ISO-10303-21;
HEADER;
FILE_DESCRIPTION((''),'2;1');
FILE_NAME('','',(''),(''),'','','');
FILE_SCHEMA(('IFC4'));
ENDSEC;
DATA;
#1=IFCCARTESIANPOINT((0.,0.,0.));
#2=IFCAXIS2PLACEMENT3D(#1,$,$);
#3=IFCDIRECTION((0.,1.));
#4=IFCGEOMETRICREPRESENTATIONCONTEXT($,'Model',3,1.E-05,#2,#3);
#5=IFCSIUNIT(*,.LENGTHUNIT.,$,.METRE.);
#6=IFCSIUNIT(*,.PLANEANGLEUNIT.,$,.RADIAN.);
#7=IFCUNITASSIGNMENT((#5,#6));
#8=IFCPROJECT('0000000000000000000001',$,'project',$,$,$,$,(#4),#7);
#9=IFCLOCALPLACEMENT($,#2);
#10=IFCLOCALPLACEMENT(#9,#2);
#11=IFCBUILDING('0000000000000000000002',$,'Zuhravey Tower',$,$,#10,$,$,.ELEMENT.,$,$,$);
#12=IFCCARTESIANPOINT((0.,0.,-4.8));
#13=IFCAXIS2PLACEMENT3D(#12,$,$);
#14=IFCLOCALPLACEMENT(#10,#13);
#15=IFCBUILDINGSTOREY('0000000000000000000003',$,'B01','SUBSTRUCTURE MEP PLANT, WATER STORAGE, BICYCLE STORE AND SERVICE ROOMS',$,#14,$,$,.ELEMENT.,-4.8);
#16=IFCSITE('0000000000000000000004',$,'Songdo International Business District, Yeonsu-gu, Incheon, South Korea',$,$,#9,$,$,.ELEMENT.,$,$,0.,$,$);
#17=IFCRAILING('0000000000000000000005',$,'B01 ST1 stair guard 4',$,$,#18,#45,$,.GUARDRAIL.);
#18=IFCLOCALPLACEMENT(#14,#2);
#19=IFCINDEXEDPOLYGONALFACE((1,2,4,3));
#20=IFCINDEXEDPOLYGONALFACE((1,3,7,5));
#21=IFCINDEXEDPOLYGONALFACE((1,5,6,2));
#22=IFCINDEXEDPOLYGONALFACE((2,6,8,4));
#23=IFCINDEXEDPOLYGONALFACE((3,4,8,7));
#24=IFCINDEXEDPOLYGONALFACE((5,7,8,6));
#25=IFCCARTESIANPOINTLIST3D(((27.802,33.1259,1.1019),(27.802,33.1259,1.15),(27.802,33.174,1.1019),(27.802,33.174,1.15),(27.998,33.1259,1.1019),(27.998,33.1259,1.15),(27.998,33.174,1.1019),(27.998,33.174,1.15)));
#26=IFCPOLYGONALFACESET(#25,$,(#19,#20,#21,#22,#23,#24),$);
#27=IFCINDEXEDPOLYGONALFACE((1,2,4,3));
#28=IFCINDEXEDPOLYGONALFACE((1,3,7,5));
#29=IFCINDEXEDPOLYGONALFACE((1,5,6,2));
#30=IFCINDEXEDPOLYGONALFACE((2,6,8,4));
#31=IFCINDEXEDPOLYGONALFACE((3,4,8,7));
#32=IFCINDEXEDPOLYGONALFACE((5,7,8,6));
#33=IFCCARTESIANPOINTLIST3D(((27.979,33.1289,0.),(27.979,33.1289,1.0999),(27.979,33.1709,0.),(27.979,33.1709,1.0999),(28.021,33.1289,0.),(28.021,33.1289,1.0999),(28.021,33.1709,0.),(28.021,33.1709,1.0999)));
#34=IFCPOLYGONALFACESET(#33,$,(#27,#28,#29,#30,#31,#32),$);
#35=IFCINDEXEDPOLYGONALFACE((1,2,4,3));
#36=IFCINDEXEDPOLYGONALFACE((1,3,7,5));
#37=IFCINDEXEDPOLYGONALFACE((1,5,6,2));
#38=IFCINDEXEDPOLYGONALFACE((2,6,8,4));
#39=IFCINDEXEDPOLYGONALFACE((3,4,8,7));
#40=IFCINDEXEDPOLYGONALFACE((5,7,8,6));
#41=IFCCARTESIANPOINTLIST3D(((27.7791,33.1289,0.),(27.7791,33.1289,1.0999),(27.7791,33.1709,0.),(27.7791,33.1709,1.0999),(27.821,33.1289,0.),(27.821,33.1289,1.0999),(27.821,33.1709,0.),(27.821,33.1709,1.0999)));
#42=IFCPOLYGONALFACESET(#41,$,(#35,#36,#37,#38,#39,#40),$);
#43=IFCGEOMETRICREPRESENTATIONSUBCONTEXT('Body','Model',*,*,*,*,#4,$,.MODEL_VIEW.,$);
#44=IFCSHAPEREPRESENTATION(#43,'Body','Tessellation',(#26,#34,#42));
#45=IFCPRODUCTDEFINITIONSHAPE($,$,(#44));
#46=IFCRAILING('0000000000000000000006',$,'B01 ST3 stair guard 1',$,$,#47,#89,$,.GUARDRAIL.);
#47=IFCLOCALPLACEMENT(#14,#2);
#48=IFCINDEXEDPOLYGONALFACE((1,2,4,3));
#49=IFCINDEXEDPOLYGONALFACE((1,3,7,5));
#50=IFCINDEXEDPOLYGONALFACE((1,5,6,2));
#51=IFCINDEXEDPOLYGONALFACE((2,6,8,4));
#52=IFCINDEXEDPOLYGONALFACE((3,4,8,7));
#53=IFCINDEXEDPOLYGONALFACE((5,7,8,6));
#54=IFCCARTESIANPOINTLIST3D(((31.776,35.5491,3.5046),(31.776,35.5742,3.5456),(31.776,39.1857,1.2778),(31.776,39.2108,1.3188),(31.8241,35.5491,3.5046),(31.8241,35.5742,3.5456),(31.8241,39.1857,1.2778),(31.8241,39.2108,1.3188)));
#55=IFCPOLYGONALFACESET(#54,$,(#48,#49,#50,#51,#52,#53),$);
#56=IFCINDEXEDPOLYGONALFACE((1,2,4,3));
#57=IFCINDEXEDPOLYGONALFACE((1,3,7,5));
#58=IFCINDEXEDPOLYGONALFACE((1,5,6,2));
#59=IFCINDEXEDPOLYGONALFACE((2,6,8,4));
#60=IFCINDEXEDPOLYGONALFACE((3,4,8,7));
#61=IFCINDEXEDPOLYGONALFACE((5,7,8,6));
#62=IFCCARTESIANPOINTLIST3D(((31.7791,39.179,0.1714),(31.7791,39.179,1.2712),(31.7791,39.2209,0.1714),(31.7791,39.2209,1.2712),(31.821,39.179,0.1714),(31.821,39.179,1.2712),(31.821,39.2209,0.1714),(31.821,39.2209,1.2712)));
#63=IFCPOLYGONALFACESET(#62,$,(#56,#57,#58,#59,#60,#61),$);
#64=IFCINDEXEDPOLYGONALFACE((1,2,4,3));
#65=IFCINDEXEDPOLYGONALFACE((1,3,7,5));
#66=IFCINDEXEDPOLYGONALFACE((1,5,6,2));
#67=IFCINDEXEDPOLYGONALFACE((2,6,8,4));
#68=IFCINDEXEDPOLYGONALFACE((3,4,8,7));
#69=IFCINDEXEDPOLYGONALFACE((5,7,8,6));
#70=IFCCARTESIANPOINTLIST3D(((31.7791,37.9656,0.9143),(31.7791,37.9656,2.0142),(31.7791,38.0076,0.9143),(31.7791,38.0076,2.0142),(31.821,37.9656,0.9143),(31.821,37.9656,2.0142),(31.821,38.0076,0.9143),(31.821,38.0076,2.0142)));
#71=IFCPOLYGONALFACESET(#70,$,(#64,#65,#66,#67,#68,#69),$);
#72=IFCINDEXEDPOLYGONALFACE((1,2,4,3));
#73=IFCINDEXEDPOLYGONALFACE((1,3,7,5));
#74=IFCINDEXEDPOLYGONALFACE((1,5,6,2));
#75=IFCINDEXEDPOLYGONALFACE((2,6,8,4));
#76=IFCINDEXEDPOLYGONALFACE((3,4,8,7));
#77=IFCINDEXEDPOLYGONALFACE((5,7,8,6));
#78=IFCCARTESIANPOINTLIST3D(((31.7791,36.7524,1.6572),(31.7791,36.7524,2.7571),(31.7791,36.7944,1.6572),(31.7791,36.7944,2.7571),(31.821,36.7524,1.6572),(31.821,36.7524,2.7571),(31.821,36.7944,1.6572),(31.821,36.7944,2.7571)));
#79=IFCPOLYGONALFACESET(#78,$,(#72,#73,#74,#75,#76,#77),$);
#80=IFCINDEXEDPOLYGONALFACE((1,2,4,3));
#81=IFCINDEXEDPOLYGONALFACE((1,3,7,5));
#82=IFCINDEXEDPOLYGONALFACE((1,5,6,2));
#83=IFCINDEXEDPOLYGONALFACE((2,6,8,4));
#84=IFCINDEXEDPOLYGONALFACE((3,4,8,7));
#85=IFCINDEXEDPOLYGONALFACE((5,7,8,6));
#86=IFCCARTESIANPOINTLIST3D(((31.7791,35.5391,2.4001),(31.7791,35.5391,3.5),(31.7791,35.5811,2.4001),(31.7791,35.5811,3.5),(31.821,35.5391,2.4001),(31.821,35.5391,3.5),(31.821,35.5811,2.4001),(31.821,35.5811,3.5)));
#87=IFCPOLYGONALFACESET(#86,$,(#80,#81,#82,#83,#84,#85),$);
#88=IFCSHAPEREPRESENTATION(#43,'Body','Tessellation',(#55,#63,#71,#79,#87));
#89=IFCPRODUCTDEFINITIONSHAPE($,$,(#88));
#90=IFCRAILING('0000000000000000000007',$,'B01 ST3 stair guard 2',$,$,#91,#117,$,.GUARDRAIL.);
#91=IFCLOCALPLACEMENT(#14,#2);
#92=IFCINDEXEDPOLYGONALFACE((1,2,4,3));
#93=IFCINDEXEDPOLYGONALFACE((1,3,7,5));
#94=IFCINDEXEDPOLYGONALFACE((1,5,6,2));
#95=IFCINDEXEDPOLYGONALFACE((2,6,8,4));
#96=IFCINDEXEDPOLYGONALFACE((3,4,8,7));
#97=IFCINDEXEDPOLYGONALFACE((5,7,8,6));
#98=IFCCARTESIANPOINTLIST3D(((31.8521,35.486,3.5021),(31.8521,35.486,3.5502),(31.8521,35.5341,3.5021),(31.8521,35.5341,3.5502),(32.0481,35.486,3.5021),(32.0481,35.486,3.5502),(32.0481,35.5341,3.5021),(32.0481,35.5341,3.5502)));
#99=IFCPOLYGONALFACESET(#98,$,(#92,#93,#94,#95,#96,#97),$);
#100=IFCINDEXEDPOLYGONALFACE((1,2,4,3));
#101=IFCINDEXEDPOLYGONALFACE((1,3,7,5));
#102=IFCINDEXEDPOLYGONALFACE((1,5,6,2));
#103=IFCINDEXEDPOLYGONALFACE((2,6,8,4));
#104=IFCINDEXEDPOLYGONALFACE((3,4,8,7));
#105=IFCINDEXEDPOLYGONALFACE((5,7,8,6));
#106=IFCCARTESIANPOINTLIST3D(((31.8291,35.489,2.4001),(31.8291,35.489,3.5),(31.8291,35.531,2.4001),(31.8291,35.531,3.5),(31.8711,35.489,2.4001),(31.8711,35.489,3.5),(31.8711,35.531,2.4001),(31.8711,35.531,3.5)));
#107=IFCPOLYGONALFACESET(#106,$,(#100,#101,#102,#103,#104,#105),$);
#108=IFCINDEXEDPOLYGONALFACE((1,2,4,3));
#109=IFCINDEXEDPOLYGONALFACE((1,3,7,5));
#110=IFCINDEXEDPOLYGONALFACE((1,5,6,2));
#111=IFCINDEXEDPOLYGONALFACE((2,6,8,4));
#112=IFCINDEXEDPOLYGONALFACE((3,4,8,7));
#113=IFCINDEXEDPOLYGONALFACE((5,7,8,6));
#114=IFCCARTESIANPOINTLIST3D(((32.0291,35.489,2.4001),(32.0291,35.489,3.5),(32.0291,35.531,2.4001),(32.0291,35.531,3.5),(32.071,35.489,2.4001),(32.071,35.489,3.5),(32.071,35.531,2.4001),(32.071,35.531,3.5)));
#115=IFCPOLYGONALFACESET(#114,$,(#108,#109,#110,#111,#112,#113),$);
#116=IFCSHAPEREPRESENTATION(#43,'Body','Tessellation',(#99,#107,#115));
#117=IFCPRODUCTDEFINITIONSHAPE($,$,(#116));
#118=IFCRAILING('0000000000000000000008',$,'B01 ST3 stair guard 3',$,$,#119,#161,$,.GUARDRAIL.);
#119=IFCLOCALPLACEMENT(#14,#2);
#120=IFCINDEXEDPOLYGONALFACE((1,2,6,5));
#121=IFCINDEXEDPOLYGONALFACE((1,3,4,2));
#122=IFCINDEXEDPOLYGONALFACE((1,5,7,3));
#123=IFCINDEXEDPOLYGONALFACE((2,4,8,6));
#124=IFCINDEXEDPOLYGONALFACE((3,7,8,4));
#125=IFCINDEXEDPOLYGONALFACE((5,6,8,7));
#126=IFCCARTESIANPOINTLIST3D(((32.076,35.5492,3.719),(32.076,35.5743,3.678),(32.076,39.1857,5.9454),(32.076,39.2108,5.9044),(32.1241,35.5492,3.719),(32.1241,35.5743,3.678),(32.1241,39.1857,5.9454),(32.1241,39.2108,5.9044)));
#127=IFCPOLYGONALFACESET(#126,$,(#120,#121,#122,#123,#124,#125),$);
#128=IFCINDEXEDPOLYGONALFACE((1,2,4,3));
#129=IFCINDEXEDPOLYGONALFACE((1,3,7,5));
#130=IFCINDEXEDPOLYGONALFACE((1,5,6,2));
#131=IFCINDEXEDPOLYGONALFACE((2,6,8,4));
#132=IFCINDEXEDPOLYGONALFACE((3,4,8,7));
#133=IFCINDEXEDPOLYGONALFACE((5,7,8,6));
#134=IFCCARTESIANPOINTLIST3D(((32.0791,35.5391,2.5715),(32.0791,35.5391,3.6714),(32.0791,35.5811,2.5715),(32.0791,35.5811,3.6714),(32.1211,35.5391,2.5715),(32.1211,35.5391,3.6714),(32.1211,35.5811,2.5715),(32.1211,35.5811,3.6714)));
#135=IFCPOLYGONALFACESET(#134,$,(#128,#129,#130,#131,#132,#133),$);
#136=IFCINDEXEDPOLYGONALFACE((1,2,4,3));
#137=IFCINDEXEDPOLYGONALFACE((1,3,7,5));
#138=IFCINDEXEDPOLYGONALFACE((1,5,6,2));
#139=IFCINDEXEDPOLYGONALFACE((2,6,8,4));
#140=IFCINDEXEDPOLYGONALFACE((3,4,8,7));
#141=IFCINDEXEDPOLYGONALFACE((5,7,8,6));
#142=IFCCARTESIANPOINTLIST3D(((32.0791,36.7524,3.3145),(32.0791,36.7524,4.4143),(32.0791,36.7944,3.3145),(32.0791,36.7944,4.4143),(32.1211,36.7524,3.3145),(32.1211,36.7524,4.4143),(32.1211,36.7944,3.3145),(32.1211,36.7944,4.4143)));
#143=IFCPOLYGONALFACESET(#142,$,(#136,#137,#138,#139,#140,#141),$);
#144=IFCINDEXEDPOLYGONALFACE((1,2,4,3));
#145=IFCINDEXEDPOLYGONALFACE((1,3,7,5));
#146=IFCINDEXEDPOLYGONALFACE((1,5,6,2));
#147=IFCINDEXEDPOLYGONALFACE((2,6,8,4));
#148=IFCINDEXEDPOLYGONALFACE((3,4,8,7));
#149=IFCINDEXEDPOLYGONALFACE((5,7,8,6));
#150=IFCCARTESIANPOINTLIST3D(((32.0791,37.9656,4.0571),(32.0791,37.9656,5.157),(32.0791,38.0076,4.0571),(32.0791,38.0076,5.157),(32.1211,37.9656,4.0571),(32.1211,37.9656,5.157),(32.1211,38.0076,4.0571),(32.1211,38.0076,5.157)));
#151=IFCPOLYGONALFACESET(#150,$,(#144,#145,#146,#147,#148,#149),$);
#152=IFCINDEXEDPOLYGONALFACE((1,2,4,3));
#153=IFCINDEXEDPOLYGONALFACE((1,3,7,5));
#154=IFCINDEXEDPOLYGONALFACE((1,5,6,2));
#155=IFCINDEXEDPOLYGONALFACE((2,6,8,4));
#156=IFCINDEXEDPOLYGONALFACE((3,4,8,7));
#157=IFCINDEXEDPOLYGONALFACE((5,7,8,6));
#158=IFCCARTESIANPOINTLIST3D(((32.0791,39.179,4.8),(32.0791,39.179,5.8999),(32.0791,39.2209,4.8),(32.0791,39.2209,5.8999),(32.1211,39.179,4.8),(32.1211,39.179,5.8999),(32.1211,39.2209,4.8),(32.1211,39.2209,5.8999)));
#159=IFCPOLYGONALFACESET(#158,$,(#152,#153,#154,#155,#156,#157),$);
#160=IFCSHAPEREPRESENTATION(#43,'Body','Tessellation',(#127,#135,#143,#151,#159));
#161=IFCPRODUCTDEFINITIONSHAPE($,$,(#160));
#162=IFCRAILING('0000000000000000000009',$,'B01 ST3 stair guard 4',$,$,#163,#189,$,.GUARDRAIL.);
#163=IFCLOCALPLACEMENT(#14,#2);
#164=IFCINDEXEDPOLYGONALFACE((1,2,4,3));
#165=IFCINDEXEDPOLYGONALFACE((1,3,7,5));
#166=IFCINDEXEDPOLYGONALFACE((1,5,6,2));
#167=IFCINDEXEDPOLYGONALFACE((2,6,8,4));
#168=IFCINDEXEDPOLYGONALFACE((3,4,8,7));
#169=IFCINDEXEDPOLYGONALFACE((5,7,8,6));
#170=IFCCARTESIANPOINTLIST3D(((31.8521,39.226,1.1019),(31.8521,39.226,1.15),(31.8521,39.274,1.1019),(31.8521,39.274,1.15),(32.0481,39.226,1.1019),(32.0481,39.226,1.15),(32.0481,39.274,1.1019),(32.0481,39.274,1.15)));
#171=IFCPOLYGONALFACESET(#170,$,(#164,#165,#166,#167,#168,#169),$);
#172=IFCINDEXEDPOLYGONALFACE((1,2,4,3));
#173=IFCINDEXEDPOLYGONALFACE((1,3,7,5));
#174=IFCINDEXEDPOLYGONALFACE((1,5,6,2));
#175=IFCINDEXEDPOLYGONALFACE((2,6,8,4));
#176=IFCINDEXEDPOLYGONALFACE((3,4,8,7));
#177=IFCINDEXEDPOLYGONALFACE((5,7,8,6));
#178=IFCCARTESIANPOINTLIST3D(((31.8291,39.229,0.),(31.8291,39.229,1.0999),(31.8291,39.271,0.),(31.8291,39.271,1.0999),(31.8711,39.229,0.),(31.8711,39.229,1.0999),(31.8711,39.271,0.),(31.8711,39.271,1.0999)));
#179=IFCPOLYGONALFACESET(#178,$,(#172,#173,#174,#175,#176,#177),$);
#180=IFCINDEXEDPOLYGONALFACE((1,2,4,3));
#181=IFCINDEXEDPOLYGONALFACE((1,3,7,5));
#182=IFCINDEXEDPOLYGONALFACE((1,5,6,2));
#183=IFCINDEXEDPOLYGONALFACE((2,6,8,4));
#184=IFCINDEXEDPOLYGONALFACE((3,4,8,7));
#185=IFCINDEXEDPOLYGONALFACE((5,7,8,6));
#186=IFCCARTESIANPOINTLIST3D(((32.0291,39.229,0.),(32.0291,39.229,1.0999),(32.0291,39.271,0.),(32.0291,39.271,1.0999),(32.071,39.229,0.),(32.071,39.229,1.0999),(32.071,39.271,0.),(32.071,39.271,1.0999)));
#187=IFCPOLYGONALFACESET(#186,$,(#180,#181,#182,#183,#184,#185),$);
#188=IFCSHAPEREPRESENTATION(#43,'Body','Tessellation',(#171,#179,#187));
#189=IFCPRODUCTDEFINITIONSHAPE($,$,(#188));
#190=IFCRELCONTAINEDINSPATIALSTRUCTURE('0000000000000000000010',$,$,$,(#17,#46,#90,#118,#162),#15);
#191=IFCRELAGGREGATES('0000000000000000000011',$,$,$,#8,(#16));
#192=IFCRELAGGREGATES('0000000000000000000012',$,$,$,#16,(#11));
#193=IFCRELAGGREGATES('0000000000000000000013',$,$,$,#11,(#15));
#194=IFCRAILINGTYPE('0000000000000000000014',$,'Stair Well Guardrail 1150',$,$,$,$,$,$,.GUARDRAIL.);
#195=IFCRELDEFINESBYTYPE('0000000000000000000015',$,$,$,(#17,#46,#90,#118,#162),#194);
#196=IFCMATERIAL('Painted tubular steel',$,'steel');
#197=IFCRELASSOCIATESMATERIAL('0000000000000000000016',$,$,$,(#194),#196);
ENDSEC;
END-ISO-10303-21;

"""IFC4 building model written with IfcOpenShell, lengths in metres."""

from ifc_helpers import new_model, si_unit, direction, frame, origin, origin_2d, place, context, subcontext, project, spatial, rectangle, extrude, material, type_object, element, save


model = new_model("IFC4")

# Units and contexts
model_context = context("Model", 3, precision=1e-05, world=origin(), true_north=direction((0.0, 1.0)))
body_context = subcontext(model_context, "Body", "Model", "MODEL_VIEW")
ifc_project = project(units=[si_unit("LENGTHUNIT", "METRE"), si_unit("PLANEANGLEUNIT", "RADIAN")], contexts=[model_context])

# Site, building, storey
site_placement = place(None, origin())
site = spatial("IfcSite", under=ifc_project, at=site_placement, Name="Songdo International Business District, Yeonsu-gu, Incheon, South Korea", CompositionType="ELEMENT", RefElevation=0.0)
building_placement = place(site_placement, origin())
building = spatial("IfcBuilding", under=site, at=building_placement, Name="Zuhravey Tower", CompositionType="ELEMENT")
storey_placement = place(building_placement, frame((0.0, 0.0, -4.8)))
storey = spatial("IfcBuildingStorey", under=building, at=storey_placement, Name="B01", Description="SUBSTRUCTURE MEP PLANT, WATER STORAGE, BICYCLE STORE AND SERVICE ROOMS", CompositionType="ELEMENT", Elevation=-4.8)

# Railings
ifc_material_1 = material(Name="Painted tubular steel", Category="steel")
railing_type_1 = type_object("IfcRailingType", Name="Stair Well Guardrail 1150", PredefinedType="GUARDRAIL", material=ifc_material_1)
railing_1_placement = place(storey_placement, frame((28.0, 33.1499, 0.0)))
element("IfcRailing", 1, at=railing_1_placement, inside=storey, type_object=railing_type_1, Name="B01 ST1 stair guard 4", PredefinedType="GUARDRAIL", context=body_context, shape_type="SweptSolid", body=[
    extrude(rectangle(XDim=0.0481, YDim=0.0481, at=origin_2d()), frame((-0.002, 0.0, 1.126), z_axis=(-1.0, 0.0, 0.0), x_axis=(0.0, -1.0, 0.0)), (0.0, 0.0, 1.0), 0.196),
    extrude(rectangle(XDim=0.042, YDim=0.042, at=origin_2d()), origin(), (0.0, 0.0, 1.0), 1.0999),
    extrude(rectangle(XDim=0.042, YDim=0.042, at=origin_2d()), frame((-0.2, 0.0, 0.0)), (0.0, 0.0, 1.0), 1.0999),
])
railing_2_placement = place(storey_placement, frame((31.8, 39.2, 0.1714)))
element("IfcRailing", 2, at=railing_2_placement, inside=storey, type_object=railing_type_1, Name="B01 ST3 stair guard 1", PredefinedType="GUARDRAIL", context=body_context, shape_type="SweptSolid", body=[
    extrude(rectangle(XDim=0.0481, YDim=0.0481, at=origin_2d()), frame((0.0, -0.0017, 1.127), z_axis=(0.0, -0.852825, 0.522197), x_axis=(1.0, 0.0, 0.0)), (0.0, 0.0, 1.0), 4.2642),
    extrude(rectangle(XDim=0.042, YDim=0.042, at=origin_2d()), origin(), (0.0, 0.0, 1.0), 1.0999),
    extrude(rectangle(XDim=0.042, YDim=0.042, at=origin_2d()), frame((0.0, -1.2134, 0.7429)), (0.0, 0.0, 1.0), 1.0999),
    extrude(rectangle(XDim=0.042, YDim=0.042, at=origin_2d()), frame((0.0, -2.4265, 1.4858)), (0.0, 0.0, 1.0), 1.0999),
    extrude(rectangle(XDim=0.042, YDim=0.042, at=origin_2d()), frame((0.0, -3.6399, 2.2288)), (0.0, 0.0, 1.0), 1.0999),
])
railing_3_placement = place(storey_placement, frame((31.8501, 35.51, 2.4001)))
element("IfcRailing", 3, at=railing_3_placement, inside=storey, type_object=railing_type_1, Name="B01 ST3 stair guard 2", PredefinedType="GUARDRAIL", context=body_context, shape_type="SweptSolid", body=[
    extrude(rectangle(XDim=0.0481, YDim=0.0481, at=origin_2d()), frame((0.002, 0.0, 1.126), z_axis=(1.0, 0.0, 0.0), x_axis=(0.0, 1.0, 0.0)), (0.0, 0.0, 1.0), 0.196),
    extrude(rectangle(XDim=0.042, YDim=0.042, at=origin_2d()), origin(), (0.0, 0.0, 1.0), 1.0999),
    extrude(rectangle(XDim=0.042, YDim=0.042, at=origin_2d()), frame((0.2, 0.0, 0.0)), (0.0, 0.0, 1.0), 1.0999),
])
railing_4_placement = place(storey_placement, frame((32.1001, 35.5601, 2.5715)))
element("IfcRailing", 4, at=railing_4_placement, inside=storey, type_object=railing_type_1, Name="B01 ST3 stair guard 3", PredefinedType="GUARDRAIL", context=body_context, shape_type="SweptSolid", body=[
    extrude(rectangle(XDim=0.0481, YDim=0.0481, at=origin_2d()), frame((0.0, 0.0017, 1.127), z_axis=(0.0, 0.85285, 0.522156), x_axis=(-1.0, 0.0, 0.0)), (0.0, 0.0, 1.0), 4.2639),
    extrude(rectangle(XDim=0.042, YDim=0.042, at=origin_2d()), origin(), (0.0, 0.0, 1.0), 1.0999),
    extrude(rectangle(XDim=0.042, YDim=0.042, at=origin_2d()), frame((0.0, 1.2134, 0.7429)), (0.0, 0.0, 1.0), 1.0999),
    extrude(rectangle(XDim=0.042, YDim=0.042, at=origin_2d()), frame((0.0, 2.4265, 1.4856)), (0.0, 0.0, 1.0), 1.0999),
    extrude(rectangle(XDim=0.042, YDim=0.042, at=origin_2d()), frame((0.0, 3.6399, 2.2285)), (0.0, 0.0, 1.0), 1.0999),
])
railing_5_placement = place(storey_placement, frame((31.8501, 39.25, 0.0)))
element("IfcRailing", 5, at=railing_5_placement, inside=storey, type_object=railing_type_1, Name="B01 ST3 stair guard 4", PredefinedType="GUARDRAIL", context=body_context, shape_type="SweptSolid", body=[
    extrude(rectangle(XDim=0.0481, YDim=0.0481, at=origin_2d()), frame((0.002, 0.0, 1.126), z_axis=(1.0, 0.0, 0.0), x_axis=(0.0, 1.0, 0.0)), (0.0, 0.0, 1.0), 0.196),
    extrude(rectangle(XDim=0.042, YDim=0.042, at=origin_2d()), origin(), (0.0, 0.0, 1.0), 1.0999),
    extrude(rectangle(XDim=0.042, YDim=0.042, at=origin_2d()), frame((0.2, 0.0, 0.0)), (0.0, 0.0, 1.0), 1.0999),
])

save(model, "model.ifc")
